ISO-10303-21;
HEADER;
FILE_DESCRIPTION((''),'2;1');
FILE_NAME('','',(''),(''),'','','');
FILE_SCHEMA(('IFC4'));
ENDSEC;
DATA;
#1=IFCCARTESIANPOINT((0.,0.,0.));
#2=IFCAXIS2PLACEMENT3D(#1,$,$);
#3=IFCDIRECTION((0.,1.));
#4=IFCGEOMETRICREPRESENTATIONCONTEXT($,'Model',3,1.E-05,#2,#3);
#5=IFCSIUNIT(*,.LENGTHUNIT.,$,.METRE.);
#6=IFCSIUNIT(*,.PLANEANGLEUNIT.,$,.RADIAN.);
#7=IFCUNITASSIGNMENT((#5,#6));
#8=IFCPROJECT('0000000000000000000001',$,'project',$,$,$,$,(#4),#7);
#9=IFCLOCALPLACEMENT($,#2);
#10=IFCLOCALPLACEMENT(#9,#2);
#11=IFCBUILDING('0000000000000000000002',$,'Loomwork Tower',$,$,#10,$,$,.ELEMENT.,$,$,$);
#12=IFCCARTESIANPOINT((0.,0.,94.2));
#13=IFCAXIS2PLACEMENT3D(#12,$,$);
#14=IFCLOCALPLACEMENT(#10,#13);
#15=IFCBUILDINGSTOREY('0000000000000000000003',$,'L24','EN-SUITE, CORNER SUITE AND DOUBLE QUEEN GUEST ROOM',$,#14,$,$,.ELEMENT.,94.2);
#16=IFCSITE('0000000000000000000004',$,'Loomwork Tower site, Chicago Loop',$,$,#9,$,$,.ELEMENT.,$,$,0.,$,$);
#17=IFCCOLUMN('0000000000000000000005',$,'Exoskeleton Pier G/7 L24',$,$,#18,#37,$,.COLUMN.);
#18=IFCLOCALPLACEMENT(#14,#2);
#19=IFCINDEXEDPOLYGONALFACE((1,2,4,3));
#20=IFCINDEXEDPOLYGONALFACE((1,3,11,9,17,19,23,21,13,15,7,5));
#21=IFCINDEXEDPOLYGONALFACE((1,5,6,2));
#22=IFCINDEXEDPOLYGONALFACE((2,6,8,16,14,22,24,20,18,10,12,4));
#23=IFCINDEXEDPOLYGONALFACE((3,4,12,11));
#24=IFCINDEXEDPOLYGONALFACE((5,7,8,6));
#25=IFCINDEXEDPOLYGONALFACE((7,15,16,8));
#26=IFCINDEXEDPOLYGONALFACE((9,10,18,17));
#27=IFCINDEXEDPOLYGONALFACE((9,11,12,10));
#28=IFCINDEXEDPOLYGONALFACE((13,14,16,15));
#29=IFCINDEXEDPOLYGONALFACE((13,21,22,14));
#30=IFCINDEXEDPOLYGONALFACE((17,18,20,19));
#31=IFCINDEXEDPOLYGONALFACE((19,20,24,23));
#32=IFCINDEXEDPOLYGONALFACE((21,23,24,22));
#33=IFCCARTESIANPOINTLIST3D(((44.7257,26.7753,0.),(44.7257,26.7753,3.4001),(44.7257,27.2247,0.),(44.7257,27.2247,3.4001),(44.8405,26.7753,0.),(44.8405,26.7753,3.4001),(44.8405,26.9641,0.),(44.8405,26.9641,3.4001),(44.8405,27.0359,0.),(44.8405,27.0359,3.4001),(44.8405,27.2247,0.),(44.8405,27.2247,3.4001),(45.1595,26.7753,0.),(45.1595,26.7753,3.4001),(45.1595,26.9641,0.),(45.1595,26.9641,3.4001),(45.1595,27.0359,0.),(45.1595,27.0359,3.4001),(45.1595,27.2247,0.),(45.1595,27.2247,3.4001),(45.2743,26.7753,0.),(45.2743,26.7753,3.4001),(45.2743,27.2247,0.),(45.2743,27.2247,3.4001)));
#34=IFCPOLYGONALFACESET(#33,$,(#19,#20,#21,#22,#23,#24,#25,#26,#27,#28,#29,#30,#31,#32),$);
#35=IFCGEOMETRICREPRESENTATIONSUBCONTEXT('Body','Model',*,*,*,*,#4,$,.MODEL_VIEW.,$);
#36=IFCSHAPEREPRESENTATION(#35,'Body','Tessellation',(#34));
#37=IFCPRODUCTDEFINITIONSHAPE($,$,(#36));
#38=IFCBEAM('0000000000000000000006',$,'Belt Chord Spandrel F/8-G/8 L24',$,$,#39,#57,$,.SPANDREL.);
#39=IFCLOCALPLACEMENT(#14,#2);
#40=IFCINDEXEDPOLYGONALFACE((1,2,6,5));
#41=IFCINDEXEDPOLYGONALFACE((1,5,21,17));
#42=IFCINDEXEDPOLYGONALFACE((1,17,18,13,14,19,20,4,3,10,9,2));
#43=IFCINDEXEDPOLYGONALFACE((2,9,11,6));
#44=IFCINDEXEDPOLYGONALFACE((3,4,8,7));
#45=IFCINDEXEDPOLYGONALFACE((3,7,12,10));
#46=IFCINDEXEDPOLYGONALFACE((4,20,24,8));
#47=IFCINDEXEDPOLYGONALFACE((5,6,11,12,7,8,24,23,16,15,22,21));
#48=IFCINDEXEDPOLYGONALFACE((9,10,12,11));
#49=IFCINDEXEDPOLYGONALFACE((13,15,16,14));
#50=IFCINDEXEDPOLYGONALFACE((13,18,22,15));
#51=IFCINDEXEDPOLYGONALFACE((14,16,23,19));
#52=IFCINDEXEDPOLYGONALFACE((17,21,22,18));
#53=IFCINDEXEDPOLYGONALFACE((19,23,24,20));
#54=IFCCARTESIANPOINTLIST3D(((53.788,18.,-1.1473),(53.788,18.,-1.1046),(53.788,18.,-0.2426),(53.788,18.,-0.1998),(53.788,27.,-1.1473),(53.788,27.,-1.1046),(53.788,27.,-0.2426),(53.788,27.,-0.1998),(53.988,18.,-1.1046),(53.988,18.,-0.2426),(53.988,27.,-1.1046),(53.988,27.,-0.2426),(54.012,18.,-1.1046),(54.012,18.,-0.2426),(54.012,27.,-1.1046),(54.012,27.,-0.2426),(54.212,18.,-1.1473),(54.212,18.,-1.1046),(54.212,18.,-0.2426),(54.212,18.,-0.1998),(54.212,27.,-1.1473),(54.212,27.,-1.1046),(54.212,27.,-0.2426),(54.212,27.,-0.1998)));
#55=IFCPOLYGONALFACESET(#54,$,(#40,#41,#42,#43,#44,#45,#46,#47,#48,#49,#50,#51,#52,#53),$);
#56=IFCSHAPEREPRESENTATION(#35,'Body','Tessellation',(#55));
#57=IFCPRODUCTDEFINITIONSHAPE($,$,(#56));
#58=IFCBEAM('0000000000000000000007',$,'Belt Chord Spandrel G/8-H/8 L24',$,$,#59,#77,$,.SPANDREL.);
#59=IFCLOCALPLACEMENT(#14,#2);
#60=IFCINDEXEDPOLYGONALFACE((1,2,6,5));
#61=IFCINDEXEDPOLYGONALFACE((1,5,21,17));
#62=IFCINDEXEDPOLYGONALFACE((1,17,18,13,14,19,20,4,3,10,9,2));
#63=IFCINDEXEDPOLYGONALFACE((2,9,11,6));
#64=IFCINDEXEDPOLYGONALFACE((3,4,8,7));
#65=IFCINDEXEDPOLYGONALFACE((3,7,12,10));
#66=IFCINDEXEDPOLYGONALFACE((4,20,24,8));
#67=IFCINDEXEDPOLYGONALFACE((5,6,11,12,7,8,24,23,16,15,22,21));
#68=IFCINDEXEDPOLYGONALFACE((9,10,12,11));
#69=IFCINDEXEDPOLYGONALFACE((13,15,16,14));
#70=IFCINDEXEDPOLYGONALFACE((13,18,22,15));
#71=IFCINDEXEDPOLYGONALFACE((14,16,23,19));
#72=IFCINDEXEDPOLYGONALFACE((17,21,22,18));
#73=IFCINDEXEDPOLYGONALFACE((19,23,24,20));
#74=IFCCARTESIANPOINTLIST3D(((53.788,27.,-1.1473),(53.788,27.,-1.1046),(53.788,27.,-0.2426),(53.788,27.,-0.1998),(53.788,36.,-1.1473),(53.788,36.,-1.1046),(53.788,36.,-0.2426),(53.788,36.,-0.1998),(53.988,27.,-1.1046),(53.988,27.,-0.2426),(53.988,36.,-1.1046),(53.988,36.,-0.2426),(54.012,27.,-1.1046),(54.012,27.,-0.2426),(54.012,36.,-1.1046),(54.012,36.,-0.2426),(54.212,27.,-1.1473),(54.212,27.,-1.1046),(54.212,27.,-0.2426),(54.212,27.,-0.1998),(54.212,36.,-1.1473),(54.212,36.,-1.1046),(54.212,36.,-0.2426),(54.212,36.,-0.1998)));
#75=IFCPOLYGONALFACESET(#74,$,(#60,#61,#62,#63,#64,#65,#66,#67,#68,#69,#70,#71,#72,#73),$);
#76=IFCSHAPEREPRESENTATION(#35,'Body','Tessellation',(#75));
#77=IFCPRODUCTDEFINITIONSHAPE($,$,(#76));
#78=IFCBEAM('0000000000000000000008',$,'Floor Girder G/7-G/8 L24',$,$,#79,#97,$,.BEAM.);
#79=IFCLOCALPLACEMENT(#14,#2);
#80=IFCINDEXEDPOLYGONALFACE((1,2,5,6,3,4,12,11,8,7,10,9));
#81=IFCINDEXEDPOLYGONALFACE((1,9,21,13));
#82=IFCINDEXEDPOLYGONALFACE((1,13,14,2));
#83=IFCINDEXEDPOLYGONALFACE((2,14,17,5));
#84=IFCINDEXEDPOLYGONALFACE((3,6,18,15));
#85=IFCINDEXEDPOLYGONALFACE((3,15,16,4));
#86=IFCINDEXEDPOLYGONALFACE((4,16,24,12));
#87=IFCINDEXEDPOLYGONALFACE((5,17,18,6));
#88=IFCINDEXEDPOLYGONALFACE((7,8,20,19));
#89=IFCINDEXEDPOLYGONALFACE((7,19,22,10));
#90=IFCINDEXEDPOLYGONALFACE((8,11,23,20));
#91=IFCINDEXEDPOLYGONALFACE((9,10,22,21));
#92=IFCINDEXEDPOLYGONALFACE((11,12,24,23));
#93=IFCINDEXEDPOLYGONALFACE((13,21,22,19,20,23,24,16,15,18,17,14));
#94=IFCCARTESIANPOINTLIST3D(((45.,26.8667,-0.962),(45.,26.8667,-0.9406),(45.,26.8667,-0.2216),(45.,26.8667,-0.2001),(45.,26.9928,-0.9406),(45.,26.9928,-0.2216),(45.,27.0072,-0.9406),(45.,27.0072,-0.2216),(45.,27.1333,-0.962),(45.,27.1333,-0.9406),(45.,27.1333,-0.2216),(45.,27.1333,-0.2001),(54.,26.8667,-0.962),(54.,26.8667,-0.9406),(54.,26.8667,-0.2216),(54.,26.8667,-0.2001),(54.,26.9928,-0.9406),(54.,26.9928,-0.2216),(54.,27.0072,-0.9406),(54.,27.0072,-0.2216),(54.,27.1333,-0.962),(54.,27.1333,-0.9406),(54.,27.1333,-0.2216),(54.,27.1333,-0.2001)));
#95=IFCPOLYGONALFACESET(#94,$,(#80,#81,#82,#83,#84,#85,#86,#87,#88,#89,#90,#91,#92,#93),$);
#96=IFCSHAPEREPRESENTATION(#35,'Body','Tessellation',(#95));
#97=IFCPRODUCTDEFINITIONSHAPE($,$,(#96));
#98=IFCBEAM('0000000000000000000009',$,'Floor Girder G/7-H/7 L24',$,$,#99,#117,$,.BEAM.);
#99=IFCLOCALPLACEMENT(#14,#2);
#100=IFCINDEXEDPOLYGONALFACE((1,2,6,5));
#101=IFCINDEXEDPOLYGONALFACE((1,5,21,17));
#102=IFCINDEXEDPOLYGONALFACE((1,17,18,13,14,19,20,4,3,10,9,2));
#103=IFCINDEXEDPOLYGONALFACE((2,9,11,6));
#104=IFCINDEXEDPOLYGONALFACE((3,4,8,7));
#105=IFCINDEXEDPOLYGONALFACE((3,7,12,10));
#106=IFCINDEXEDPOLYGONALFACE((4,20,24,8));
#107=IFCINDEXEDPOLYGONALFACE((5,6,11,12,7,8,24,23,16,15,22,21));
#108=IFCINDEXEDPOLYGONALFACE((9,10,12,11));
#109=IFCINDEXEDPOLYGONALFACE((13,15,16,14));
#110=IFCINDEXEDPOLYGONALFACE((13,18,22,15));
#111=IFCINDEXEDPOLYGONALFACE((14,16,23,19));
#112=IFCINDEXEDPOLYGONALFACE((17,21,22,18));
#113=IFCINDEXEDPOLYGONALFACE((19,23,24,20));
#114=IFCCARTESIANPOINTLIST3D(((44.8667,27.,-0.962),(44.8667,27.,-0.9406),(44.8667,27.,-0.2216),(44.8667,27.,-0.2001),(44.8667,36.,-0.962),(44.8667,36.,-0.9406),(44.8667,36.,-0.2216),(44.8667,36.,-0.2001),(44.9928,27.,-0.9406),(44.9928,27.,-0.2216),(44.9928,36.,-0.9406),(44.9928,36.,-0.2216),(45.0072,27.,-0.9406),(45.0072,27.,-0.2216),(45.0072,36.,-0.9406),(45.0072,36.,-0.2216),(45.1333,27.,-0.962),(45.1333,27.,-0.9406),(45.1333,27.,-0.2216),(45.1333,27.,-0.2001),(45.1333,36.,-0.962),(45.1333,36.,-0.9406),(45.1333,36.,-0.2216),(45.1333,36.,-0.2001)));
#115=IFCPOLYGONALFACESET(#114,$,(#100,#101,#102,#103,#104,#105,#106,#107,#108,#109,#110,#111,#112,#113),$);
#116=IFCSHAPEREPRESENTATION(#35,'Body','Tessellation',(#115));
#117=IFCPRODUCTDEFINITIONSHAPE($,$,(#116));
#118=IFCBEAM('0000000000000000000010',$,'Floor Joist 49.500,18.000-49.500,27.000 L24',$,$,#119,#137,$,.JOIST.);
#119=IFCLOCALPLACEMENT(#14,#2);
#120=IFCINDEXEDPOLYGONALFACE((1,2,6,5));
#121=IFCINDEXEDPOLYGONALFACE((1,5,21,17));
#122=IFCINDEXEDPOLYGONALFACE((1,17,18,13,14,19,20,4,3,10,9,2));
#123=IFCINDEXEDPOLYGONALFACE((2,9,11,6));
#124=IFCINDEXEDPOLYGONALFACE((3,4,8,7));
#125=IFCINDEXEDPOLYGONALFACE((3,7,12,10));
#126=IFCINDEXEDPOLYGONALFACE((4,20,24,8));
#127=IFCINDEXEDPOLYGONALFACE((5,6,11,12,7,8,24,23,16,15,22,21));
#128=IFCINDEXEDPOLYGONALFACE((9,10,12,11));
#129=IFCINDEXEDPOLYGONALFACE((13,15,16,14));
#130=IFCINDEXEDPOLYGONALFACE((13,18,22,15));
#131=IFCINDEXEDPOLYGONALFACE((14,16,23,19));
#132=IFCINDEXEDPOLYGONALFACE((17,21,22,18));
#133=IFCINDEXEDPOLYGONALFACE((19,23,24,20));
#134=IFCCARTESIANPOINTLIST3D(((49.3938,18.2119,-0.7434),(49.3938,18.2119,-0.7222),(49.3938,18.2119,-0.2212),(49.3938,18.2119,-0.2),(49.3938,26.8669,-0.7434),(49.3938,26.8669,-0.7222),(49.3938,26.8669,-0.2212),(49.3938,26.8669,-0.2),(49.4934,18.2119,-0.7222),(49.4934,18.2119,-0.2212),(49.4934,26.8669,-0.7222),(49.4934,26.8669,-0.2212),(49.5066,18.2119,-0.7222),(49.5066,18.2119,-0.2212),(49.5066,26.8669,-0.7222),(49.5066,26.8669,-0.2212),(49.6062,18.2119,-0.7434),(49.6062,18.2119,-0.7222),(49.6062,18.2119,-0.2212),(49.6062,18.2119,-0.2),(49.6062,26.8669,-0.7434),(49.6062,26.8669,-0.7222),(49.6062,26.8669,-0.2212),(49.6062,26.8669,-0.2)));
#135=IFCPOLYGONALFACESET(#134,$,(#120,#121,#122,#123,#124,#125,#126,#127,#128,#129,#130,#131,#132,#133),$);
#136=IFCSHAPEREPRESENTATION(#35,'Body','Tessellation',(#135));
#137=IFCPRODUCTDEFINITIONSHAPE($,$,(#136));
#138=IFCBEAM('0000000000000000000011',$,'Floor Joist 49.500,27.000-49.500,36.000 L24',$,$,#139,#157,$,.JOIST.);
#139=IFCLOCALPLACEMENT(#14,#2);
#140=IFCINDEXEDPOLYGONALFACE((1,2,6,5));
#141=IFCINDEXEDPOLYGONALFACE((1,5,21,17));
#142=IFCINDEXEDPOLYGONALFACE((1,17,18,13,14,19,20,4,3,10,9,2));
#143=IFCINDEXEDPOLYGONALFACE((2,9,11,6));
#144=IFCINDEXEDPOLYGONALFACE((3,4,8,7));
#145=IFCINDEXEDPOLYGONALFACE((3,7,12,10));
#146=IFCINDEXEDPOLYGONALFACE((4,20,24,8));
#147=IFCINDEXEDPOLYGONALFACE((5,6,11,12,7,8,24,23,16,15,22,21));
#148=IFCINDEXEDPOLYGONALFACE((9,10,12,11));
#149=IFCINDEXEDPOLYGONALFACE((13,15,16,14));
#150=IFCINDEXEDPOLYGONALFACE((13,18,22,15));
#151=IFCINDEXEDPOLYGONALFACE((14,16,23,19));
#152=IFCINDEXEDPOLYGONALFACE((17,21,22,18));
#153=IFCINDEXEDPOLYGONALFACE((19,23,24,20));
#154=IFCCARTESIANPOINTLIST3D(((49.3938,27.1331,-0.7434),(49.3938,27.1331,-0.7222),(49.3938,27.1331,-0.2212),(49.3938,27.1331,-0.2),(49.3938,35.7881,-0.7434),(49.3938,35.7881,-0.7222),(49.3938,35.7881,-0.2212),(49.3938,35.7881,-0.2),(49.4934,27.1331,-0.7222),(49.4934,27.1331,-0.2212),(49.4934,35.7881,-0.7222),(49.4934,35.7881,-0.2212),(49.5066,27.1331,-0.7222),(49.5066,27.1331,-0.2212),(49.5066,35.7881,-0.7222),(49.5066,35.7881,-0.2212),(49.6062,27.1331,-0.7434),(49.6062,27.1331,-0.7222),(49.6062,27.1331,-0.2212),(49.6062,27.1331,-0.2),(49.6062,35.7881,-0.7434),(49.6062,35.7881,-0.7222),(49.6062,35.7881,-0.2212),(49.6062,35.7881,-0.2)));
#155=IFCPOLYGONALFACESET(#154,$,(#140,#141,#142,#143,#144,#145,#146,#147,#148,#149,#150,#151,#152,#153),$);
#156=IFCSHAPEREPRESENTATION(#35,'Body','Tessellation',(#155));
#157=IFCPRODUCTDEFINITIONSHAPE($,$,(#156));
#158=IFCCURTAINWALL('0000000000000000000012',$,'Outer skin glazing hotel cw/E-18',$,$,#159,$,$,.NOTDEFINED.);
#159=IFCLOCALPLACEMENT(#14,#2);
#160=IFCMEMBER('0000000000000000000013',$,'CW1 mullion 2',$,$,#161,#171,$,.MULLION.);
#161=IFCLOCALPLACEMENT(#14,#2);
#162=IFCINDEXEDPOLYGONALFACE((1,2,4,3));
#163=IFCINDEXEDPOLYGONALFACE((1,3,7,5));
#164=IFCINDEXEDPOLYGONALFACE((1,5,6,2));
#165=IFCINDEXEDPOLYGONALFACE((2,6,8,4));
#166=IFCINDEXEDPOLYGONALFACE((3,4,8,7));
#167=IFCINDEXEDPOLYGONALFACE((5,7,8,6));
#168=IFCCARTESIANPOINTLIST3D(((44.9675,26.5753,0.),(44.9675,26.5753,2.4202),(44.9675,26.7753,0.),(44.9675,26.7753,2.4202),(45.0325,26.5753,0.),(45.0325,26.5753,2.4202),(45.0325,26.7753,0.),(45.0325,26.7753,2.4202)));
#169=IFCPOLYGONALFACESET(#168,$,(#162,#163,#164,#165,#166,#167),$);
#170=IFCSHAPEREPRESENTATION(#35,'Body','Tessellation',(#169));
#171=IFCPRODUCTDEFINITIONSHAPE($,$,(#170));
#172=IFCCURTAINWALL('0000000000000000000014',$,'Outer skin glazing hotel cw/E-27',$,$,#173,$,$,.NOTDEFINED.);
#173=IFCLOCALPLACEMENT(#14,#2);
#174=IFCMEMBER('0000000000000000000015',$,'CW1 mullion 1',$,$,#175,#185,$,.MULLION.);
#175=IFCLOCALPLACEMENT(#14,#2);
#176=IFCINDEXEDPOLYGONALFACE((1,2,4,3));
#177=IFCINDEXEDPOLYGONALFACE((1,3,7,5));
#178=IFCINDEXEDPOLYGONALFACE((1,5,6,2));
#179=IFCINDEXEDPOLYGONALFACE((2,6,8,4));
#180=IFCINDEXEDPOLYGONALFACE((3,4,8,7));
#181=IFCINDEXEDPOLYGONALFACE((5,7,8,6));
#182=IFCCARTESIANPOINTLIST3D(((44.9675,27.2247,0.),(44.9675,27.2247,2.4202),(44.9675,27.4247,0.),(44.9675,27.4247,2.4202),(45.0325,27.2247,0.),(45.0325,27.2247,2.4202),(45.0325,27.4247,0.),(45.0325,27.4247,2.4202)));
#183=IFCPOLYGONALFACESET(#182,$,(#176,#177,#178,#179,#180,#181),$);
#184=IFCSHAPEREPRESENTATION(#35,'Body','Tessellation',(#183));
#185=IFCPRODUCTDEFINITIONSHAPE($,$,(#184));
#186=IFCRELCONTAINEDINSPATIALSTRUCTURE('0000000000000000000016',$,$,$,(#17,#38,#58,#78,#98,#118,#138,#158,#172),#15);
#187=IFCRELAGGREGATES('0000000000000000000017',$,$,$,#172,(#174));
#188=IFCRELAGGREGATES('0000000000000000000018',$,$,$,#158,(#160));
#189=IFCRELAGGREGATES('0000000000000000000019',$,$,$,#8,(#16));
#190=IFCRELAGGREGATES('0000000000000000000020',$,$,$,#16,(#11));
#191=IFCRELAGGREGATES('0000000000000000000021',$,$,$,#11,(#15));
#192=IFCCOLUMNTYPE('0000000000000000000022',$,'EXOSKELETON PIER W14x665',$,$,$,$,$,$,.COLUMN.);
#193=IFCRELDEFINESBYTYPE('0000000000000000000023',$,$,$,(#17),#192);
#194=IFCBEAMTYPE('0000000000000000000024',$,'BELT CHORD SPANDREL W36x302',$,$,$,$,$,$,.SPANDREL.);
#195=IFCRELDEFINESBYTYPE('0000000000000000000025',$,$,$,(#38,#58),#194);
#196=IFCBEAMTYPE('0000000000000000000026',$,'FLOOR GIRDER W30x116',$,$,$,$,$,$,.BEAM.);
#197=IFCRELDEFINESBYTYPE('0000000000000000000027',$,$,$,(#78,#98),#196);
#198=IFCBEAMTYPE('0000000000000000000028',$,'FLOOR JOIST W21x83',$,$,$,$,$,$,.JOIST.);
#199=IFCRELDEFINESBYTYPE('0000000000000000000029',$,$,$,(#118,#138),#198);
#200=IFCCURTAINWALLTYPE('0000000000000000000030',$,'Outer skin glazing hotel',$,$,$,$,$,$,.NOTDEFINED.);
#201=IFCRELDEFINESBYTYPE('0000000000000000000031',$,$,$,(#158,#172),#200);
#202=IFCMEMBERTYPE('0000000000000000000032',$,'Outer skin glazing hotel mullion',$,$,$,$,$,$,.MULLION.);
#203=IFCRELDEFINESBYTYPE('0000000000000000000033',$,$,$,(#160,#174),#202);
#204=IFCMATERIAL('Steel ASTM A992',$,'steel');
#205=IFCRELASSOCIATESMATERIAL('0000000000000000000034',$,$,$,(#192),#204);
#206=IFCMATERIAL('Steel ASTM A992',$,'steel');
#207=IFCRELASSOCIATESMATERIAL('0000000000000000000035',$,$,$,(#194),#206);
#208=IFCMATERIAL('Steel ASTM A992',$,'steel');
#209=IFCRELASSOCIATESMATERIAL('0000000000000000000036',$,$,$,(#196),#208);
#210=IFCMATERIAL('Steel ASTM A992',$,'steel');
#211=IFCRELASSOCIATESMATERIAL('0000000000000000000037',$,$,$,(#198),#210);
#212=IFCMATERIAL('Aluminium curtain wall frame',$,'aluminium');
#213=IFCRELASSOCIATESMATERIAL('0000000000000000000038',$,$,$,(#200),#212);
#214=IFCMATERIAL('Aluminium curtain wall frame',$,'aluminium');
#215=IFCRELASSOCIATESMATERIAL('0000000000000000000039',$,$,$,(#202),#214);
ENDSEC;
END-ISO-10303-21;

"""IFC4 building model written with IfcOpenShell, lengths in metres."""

from ifc_helpers import new_model, si_unit, direction, frame, origin, origin_2d, place, context, subcontext, project, spatial, rectangle, i_section, extrude, material, material_profile, profile_set, type_object, element, aggregate, save


model = new_model("IFC4")

# Units and contexts
model_context = context("Model", 3, precision=1e-05, world=origin(), true_north=direction((0.0, 1.0)))
body_context = subcontext(model_context, "Body", "Model", "MODEL_VIEW")
ifc_project = project(units=[si_unit("LENGTHUNIT", "METRE"), si_unit("PLANEANGLEUNIT", "RADIAN")], contexts=[model_context])

# Site, building, storey
site_placement = place(None, origin())
site = spatial("IfcSite", under=ifc_project, at=site_placement, Name="Loomwork Tower site, Chicago Loop", CompositionType="ELEMENT", RefElevation=0.0)
building_placement = place(site_placement, origin())
building = spatial("IfcBuilding", under=site, at=building_placement, Name="Loomwork Tower", CompositionType="ELEMENT")
storey_placement = place(building_placement, frame((0.0, 0.0, 94.2)))
storey = spatial("IfcBuildingStorey", under=building, at=storey_placement, Name="L24", Description="EN-SUITE, CORNER SUITE AND DOUBLE QUEEN GUEST ROOM", CompositionType="ELEMENT", Elevation=94.2)

# Column
ifc_material_1 = material(Name="Steel ASTM A992", Category="steel")
ifc_material_profile_1 = material_profile(ifc_material_1, i_section(OverallWidth=0.4495, OverallDepth=0.5486, WebThickness=0.0718, FlangeThickness=0.1147, at=origin_2d()), Name="W14x665")
ifc_profile_set_1 = profile_set([ifc_material_profile_1], Name="Steel ASTM A992")
column_type = type_object("IfcColumnType", Name="EXOSKELETON PIER W14x665", PredefinedType="COLUMN", material=ifc_profile_set_1)
column_placement = place(storey_placement, frame((45.0, 27.0, 0.0), z_axis=(0.0, 0.0, 1.0), x_axis=(0.0, 1.0, 0.0)))
element("IfcColumn", 1, at=column_placement, inside=storey, type_object=column_type, Name="Exoskeleton Pier G/7 L24", PredefinedType="COLUMN", context=body_context, shape_type="SweptSolid", body=[
    extrude(i_section(OverallWidth=0.4495, OverallDepth=0.5486, WebThickness=0.0718, FlangeThickness=0.1147, at=origin_2d()), origin(), (0.0, 0.0, 1.0), 3.4001),
])

# Beams
ifc_material_2 = material(Name="Steel ASTM A992", Category="steel")
ifc_material_profile_2 = material_profile(ifc_material_2, i_section(OverallWidth=0.4241, OverallDepth=0.9475, WebThickness=0.0239, FlangeThickness=0.0427, at=origin_2d()), Name="W36x302")
ifc_profile_set_2 = profile_set([ifc_material_profile_2], Name="Steel ASTM A992")
beam_type_1 = type_object("IfcBeamType", Name="BELT CHORD SPANDREL W36x302", PredefinedType="SPANDREL", material=ifc_profile_set_2)
for number, where, z_axis, x_axis, name in (
    (2, (54.0, 18.0, -0.6736), (0.0, 1.0, 0.0), (-1.0, 0.0, 0.0), "Belt Chord Spandrel F/8-G/8 L24"),
    (3, (54.0, 27.0, -0.6736), (0.0, 1.0, 0.0), (-1.0, 0.0, 0.0), "Belt Chord Spandrel G/8-H/8 L24"),
):
    element("IfcBeam", number, at=place(storey_placement, frame(where, z_axis=z_axis, x_axis=x_axis)), inside=storey, type_object=beam_type_1, Name=name, PredefinedType="SPANDREL", context=body_context, shape_type="SweptSolid", body=[
        extrude(i_section(OverallWidth=0.4241, OverallDepth=0.9475, WebThickness=0.0239, FlangeThickness=0.0427, at=origin_2d()), origin(), (0.0, 0.0, 1.0), 9.0),
    ])
ifc_material_3 = material(Name="Steel ASTM A992", Category="steel")
ifc_material_profile_3 = material_profile(ifc_material_3, i_section(OverallWidth=0.2666, OverallDepth=0.762, WebThickness=0.0144, FlangeThickness=0.0215, at=origin_2d()), Name="W30x116")
ifc_profile_set_3 = profile_set([ifc_material_profile_3], Name="Steel ASTM A992")
beam_type_2 = type_object("IfcBeamType", Name="FLOOR GIRDER W30x116", PredefinedType="BEAM", material=ifc_profile_set_3)
for number, where, z_axis, x_axis, name in (
    (4, (45.0, 27.0, -0.5811), (1.0, 0.0, 0.0), (0.0, 1.0, 0.0), "Floor Girder G/7-G/8 L24"),
    (5, (45.0, 27.0, -0.5811), (0.0, 1.0, 0.0), (-1.0, 0.0, 0.0), "Floor Girder G/7-H/7 L24"),
):
    element("IfcBeam", number, at=place(storey_placement, frame(where, z_axis=z_axis, x_axis=x_axis)), inside=storey, type_object=beam_type_2, Name=name, PredefinedType="BEAM", context=body_context, shape_type="SweptSolid", body=[
        extrude(i_section(OverallWidth=0.2666, OverallDepth=0.762, WebThickness=0.0144, FlangeThickness=0.0215, at=origin_2d()), origin(), (0.0, 0.0, 1.0), 9.0),
    ])
ifc_material_4 = material(Name="Steel ASTM A992", Category="steel")
ifc_material_profile_4 = material_profile(ifc_material_4, i_section(OverallWidth=0.2124, OverallDepth=0.5435, WebThickness=0.0132, FlangeThickness=0.0212, at=origin_2d()), Name="W21x83")
ifc_profile_set_4 = profile_set([ifc_material_profile_4], Name="Steel ASTM A992")
beam_type_3 = type_object("IfcBeamType", Name="FLOOR JOIST W21x83", PredefinedType="JOIST", material=ifc_profile_set_4)
for number, where, z_axis, x_axis, name in (
    (6, (49.5, 18.2119, -0.4717), (0.0, 1.0, 0.0), (-1.0, 0.0, 0.0), "Floor Joist 49.500,18.000-49.500,27.000 L24"),
    (7, (49.5, 27.1331, -0.4717), (0.0, 1.0, 0.0), (-1.0, 0.0, 0.0), "Floor Joist 49.500,27.000-49.500,36.000 L24"),
):
    element("IfcBeam", number, at=place(storey_placement, frame(where, z_axis=z_axis, x_axis=x_axis)), inside=storey, type_object=beam_type_3, Name=name, PredefinedType="JOIST", context=body_context, shape_type="SweptSolid", body=[
        extrude(i_section(OverallWidth=0.2124, OverallDepth=0.5435, WebThickness=0.0132, FlangeThickness=0.0212, at=origin_2d()), origin(), (0.0, 0.0, 1.0), 8.655),
    ])

# Curtain walls, members
ifc_material_5 = material(Name="Aluminium curtain wall frame", Category="aluminium")
curtain_wall_type = type_object("IfcCurtainWallType", Name="Outer skin glazing hotel", PredefinedType="NOTDEFINED", material=ifc_material_5)
curtain_wall_1_placement = place(storey_placement, origin())
curtain_wall_1 = element("IfcCurtainWall", 8, at=curtain_wall_1_placement, inside=storey, type_object=curtain_wall_type, Name="Outer skin glazing hotel cw/E-18", PredefinedType="NOTDEFINED")
ifc_material_6 = material(Name="Aluminium curtain wall frame", Category="aluminium")
ifc_material_profile_5 = material_profile(ifc_material_6, rectangle(XDim=0.0649, YDim=0.2, at=origin_2d()), Name="AL 65x200")
ifc_profile_set_5 = profile_set([ifc_material_profile_5], Name="Aluminium curtain wall frame")
member_type_1 = type_object("IfcMemberType", Name="Outer skin glazing hotel mullion", PredefinedType="MULLION", material=ifc_profile_set_5)
member_1_placement = place(storey_placement, frame((45.0, 26.6753, 0.0), z_axis=(0.0, 0.0, 1.0), x_axis=(-1.0, 0.0, 0.0)))
member_1 = element("IfcMember", 9, at=member_1_placement, type_object=member_type_1, Name="CW1 mullion 2", PredefinedType="MULLION", context=body_context, shape_type="SweptSolid", body=[
    extrude(rectangle(XDim=0.0649, YDim=0.2, at=origin_2d()), origin(), (0.0, 0.0, 1.0), 2.4202),
])
curtain_wall_2_placement = place(storey_placement, origin())
curtain_wall_2 = element("IfcCurtainWall", 10, at=curtain_wall_2_placement, inside=storey, type_object=curtain_wall_type, Name="Outer skin glazing hotel cw/E-27", PredefinedType="NOTDEFINED")
member_2_placement = place(storey_placement, frame((45.0, 27.3247, 0.0), z_axis=(0.0, 0.0, 1.0), x_axis=(-1.0, 0.0, 0.0)))
member_2 = element("IfcMember", 11, at=member_2_placement, type_object=member_type_1, Name="CW1 mullion 1", PredefinedType="MULLION", context=body_context, shape_type="SweptSolid", body=[
    extrude(rectangle(XDim=0.0649, YDim=0.2, at=origin_2d()), origin(), (0.0, 0.0, 1.0), 2.4202),
])

aggregate(curtain_wall_2, [member_2])

aggregate(curtain_wall_1, [member_1])

save(model, "model.ifc")
